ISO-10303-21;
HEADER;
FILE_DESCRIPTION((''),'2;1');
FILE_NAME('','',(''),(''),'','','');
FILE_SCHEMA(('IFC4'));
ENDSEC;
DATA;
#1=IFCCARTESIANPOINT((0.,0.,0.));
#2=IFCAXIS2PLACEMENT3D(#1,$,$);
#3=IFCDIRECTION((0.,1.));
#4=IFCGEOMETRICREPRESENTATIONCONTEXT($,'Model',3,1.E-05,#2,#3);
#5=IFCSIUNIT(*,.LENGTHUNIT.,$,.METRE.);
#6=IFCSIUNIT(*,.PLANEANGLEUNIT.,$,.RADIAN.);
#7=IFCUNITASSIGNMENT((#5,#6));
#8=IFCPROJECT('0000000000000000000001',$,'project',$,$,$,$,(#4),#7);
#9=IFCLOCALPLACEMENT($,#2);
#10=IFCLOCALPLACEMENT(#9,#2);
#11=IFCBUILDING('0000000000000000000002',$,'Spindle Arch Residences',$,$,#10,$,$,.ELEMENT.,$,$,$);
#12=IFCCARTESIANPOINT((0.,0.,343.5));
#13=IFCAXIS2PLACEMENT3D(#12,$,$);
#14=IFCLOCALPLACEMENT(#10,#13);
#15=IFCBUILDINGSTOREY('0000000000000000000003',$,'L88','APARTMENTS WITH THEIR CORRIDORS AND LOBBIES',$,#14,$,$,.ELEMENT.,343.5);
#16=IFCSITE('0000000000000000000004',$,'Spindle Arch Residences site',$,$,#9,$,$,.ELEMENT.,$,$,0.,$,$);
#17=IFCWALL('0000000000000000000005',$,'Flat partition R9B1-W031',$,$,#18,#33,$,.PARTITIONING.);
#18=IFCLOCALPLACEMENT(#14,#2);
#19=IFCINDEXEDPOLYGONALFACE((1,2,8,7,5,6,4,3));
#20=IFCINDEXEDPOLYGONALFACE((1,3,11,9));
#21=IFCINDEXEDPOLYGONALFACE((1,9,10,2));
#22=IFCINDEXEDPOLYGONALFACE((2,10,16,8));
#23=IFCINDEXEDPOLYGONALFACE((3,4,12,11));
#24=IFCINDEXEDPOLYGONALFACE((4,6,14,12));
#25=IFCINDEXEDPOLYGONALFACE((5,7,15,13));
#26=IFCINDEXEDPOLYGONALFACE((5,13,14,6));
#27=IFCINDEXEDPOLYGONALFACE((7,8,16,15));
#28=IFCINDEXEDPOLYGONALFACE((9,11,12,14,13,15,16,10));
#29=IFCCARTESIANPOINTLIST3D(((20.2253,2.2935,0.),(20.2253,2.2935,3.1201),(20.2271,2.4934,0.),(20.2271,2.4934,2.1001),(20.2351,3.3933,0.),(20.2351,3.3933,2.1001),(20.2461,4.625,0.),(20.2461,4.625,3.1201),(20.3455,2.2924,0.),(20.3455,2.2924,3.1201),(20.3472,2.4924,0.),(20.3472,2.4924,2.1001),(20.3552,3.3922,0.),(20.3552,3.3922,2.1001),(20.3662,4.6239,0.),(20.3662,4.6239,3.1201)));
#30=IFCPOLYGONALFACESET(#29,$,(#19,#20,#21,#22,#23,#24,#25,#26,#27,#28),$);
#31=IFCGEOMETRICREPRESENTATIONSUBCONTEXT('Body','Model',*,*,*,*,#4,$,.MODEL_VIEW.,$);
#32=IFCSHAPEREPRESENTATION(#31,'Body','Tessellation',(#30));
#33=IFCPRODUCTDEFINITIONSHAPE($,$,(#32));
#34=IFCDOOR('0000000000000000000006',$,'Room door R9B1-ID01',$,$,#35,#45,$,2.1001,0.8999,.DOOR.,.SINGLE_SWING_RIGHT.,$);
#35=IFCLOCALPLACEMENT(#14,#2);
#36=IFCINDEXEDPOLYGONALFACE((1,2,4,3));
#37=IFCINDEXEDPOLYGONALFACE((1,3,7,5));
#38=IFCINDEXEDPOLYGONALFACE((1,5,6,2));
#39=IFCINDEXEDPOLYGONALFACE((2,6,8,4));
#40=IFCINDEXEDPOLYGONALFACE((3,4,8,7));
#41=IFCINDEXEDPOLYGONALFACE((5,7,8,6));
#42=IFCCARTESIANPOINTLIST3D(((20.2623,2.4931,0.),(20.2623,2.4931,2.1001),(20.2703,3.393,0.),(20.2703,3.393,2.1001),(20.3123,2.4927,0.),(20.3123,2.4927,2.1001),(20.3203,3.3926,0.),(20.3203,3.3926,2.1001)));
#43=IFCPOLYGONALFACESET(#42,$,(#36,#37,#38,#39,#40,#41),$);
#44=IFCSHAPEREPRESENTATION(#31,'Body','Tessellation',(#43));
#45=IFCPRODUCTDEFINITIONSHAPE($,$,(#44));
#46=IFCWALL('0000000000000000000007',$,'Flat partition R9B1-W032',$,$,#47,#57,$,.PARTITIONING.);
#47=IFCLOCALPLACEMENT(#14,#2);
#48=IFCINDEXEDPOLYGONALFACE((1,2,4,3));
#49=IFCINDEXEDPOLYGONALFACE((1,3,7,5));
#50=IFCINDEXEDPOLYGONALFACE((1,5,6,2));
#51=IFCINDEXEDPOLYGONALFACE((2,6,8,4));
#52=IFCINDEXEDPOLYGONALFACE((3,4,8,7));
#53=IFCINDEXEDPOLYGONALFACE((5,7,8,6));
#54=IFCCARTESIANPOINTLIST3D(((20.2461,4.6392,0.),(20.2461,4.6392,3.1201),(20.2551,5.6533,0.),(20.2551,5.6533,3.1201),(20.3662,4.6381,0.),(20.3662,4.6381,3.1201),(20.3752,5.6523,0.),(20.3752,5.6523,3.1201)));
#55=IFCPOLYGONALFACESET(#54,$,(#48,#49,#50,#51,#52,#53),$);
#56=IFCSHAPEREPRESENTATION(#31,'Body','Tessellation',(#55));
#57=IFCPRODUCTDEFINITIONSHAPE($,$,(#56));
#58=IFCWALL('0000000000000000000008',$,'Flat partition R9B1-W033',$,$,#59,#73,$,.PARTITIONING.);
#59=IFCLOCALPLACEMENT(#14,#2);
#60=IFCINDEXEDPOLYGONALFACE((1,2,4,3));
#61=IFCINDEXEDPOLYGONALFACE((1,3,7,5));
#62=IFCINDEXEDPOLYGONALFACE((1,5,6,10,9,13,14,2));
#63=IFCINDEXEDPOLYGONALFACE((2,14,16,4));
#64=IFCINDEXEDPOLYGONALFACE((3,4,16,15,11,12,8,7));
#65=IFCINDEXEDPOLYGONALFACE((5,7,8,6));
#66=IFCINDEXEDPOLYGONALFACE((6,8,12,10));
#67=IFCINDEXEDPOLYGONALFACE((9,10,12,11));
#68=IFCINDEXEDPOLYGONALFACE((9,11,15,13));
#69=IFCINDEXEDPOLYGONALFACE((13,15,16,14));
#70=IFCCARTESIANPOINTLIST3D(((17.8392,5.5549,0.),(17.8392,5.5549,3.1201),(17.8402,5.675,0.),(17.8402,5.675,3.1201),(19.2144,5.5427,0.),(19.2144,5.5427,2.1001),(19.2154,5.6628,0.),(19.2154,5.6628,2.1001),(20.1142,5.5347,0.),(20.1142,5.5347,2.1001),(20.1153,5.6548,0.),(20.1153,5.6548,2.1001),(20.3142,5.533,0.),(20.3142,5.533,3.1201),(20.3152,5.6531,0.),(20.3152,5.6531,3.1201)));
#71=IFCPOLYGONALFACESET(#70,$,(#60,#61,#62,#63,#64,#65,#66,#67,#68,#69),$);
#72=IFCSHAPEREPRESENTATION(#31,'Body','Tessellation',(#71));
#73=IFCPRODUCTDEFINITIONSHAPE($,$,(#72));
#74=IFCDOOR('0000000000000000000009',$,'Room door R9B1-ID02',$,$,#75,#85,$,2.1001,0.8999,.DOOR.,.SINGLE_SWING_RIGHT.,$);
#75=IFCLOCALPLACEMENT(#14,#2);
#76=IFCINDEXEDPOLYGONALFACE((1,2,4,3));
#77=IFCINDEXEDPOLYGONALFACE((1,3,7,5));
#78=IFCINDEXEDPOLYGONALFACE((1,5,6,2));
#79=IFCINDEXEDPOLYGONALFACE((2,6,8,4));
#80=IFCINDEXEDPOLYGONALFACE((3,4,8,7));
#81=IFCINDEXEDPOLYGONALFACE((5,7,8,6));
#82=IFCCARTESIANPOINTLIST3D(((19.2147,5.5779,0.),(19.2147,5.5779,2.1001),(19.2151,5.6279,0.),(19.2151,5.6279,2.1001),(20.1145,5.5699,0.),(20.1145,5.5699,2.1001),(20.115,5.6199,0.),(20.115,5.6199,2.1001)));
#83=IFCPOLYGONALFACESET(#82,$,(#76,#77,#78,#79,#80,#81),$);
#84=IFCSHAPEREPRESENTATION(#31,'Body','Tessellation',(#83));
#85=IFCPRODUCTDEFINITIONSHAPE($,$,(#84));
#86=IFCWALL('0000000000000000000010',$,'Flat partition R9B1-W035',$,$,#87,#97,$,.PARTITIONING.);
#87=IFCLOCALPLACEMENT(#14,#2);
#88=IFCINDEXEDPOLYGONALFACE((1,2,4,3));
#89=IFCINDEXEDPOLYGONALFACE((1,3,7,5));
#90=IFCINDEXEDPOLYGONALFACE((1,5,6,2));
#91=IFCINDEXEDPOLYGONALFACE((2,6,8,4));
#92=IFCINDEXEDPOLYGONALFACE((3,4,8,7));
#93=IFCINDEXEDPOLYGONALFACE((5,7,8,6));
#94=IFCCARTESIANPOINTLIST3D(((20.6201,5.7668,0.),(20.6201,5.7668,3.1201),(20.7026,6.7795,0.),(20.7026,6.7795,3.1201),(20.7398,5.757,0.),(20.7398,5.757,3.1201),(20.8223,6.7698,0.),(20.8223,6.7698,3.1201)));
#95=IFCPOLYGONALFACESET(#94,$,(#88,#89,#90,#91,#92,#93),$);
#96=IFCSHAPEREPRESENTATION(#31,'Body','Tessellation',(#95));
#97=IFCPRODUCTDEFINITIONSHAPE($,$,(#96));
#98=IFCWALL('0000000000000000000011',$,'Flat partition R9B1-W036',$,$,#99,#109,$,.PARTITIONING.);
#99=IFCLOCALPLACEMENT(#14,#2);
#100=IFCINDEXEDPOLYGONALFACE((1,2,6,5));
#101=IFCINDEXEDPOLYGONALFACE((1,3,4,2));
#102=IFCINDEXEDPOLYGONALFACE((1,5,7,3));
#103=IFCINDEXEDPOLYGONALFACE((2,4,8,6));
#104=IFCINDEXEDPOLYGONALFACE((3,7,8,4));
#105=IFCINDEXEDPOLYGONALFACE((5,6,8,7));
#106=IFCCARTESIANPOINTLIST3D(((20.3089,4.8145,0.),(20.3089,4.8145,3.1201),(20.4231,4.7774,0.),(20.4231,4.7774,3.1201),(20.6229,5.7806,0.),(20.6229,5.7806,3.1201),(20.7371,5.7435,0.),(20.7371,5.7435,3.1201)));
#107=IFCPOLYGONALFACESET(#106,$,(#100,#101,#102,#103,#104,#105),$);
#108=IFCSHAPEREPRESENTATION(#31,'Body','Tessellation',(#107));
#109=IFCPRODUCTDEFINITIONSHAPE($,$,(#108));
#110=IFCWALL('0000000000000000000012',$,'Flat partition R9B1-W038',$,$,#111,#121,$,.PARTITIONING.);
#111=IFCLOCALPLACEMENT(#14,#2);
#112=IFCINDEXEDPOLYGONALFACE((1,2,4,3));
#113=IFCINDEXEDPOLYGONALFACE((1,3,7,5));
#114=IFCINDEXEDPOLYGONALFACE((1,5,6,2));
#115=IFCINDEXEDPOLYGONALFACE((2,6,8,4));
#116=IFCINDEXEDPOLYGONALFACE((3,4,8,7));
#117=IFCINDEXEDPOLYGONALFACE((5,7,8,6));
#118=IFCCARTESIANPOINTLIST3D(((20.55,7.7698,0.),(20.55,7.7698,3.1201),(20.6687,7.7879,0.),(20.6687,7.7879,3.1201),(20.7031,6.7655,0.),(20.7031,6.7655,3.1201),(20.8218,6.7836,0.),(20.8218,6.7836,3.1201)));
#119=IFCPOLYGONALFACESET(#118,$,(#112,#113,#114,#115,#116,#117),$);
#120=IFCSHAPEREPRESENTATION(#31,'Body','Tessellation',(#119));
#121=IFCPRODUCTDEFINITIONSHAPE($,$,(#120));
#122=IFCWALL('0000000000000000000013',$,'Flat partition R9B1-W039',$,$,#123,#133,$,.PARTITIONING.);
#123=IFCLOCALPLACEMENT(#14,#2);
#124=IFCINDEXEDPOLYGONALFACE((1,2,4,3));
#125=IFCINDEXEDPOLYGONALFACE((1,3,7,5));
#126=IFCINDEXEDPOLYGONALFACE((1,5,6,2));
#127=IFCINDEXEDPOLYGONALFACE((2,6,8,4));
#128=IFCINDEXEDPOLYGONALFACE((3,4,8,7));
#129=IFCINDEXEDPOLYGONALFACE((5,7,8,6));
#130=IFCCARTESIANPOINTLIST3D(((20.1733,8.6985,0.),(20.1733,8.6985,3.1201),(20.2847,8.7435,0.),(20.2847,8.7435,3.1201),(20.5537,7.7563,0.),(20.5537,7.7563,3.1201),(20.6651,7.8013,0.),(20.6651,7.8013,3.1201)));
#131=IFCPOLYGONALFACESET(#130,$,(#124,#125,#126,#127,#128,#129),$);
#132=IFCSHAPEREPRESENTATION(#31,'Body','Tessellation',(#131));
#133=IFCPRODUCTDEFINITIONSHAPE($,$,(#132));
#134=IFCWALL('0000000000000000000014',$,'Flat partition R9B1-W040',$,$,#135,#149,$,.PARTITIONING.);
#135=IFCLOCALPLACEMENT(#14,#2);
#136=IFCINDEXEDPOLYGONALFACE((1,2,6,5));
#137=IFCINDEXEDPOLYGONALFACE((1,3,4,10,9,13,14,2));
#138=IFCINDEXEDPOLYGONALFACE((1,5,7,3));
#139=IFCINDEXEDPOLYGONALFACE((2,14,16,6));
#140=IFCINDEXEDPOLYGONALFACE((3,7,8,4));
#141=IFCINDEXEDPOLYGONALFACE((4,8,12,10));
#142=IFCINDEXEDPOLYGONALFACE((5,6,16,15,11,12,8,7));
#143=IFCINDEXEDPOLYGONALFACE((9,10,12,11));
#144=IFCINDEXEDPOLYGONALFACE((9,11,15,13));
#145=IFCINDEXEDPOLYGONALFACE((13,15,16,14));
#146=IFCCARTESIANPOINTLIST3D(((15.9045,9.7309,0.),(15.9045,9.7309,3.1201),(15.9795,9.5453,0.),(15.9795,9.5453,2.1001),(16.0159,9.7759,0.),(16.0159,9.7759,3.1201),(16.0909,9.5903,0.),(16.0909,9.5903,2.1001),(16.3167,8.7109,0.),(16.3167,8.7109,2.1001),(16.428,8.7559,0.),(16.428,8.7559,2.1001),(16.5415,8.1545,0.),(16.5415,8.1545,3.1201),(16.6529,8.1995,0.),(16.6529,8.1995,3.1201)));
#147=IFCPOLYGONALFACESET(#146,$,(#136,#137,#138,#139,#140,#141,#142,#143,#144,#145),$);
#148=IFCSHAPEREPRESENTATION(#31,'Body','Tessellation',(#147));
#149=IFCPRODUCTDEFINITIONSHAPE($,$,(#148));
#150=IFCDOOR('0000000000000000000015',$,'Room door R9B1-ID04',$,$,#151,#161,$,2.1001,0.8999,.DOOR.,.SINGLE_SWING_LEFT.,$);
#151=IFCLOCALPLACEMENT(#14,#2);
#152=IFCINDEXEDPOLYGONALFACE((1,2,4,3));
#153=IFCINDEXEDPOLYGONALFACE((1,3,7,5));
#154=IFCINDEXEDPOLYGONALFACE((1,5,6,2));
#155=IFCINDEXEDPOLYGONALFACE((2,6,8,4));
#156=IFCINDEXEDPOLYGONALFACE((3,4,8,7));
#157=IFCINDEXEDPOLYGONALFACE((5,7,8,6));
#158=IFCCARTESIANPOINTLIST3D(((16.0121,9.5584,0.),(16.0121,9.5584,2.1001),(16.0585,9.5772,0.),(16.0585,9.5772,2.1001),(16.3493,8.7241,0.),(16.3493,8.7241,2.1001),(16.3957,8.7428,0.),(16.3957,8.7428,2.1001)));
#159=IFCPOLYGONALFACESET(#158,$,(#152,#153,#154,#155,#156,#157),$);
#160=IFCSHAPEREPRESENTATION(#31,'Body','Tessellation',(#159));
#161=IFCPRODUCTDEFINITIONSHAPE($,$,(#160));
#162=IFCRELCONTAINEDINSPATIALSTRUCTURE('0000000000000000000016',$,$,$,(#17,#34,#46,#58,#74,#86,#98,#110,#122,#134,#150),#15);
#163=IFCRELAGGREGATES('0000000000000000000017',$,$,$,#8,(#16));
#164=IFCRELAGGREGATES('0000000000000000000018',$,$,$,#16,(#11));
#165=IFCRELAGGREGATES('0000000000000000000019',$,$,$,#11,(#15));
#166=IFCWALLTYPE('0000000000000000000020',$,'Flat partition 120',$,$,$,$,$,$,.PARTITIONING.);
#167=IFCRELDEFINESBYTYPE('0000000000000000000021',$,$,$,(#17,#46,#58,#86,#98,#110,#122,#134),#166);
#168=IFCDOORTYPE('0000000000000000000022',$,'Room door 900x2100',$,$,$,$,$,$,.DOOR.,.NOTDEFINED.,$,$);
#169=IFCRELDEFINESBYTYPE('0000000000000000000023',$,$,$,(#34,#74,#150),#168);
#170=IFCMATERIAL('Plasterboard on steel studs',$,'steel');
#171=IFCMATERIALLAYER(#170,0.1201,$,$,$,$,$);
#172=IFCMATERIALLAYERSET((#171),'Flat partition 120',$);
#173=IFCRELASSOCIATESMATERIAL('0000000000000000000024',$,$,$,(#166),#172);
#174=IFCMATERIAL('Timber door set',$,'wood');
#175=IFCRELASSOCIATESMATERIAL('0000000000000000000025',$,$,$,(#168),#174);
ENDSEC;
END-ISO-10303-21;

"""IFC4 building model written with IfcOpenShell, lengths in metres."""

from ifc_helpers import new_model, si_unit, direction, frame, frame_2d, origin, place, context, subcontext, project, spatial, rectangle, extrude, material, layer, layer_set, type_object, element, fill, save


model = new_model("IFC4")

# Units and contexts
model_context = context("Model", 3, precision=1e-05, world=origin(), true_north=direction((0.0, 1.0)))
body_context = subcontext(model_context, "Body", "Model", "MODEL_VIEW")
ifc_project = project(units=[si_unit("LENGTHUNIT", "METRE"), si_unit("PLANEANGLEUNIT", "RADIAN")], contexts=[model_context])

# Site, building, storey
site_placement = place(None, origin())
site = spatial("IfcSite", under=ifc_project, at=site_placement, Name="Spindle Arch Residences site", CompositionType="ELEMENT", RefElevation=0.0)
building_placement = place(site_placement, origin())
building = spatial("IfcBuilding", under=site, at=building_placement, Name="Spindle Arch Residences", CompositionType="ELEMENT")
storey_placement = place(building_placement, frame((0.0, 0.0, 343.5)))
storey = spatial("IfcBuildingStorey", under=building, at=storey_placement, Name="L88", Description="APARTMENTS WITH THEIR CORRIDORS AND LOBBIES", CompositionType="ELEMENT", Elevation=343.5)

# Shared definitions
ifc_material_1 = material(Name="Plasterboard on steel studs", Category="steel")
ifc_layer_1 = layer(ifc_material_1, 0.1201)
ifc_layer_set_1 = layer_set([ifc_layer_1], Name="Flat partition 120")
wall_type_1 = type_object("IfcWallType", Name="Flat partition 120", PredefinedType="PARTITIONING", material=ifc_layer_set_1)

# Wall, opening, door
wall_1_placement = place(storey_placement, frame((20.2854, 2.293, 0.0), z_axis=(0.0, 0.0, 1.0), x_axis=(0.0089, 0.99996, 0.0)))
wall_1 = element("IfcWall", 1, at=wall_1_placement, inside=storey, type_object=wall_type_1, Name="Flat partition R9B1-W031", PredefinedType="PARTITIONING", context=body_context, shape_type="SweptSolid", body=[
    extrude(rectangle(XDim=2.3315, YDim=0.1201, at=frame_2d((1.1658, 0.0))), origin(), (0.0, 0.0, 1.0), 3.1201),
])
opening_1_placement = place(wall_1_placement, frame((0.2, 0.0, 0.0)))
opening_1 = element("IfcOpeningElement", 2, at=opening_1_placement, cuts=wall_1, PredefinedType="OPENING", context=body_context, shape_type="SweptSolid", body=[
    extrude(rectangle(XDim=0.8999, YDim=2.1001, at=frame_2d((0.45, 1.05))), frame((0.0, 0.0701, 0.0), z_axis=(0.0, -1.0, 0.0), x_axis=(1.0, 0.0, 0.0)), (0.0, 0.0, 1.0), 0.1401),
])
ifc_material_2 = material(Name="Timber door set", Category="wood")
door_type = type_object("IfcDoorType", Name="Room door 900x2100", OperationType="NOTDEFINED", PredefinedType="DOOR", material=ifc_material_2)
door_1_placement = place(opening_1_placement, origin())
door_1 = element("IfcDoor", 3, at=door_1_placement, inside=storey, type_object=door_type, Name="Room door R9B1-ID01", OperationType="SINGLE_SWING_RIGHT", OverallHeight=2.1001, OverallWidth=0.8999, PredefinedType="DOOR", context=body_context, shape_type="SweptSolid", body=[
    extrude(rectangle(XDim=0.8999, YDim=2.1001, at=frame_2d((0.45, 1.05))), frame((0.0, 0.0249, 0.0), z_axis=(0.0, -1.0, 0.0), x_axis=(1.0, 0.0, 0.0)), (0.0, 0.0, 1.0), 0.05),
])
fill(opening_1, door_1)

# Wall
wall_2_placement = place(storey_placement, frame((20.3062, 4.6387, 0.0), z_axis=(0.0, 0.0, 1.0), x_axis=(0.008907, 0.99996, 0.0)))
element("IfcWall", 4, at=wall_2_placement, inside=storey, type_object=wall_type_1, Name="Flat partition R9B1-W032", PredefinedType="PARTITIONING", context=body_context, shape_type="SweptSolid", body=[
    extrude(rectangle(XDim=1.0142, YDim=0.1201, at=frame_2d((0.5071, 0.0))), origin(), (0.0, 0.0, 1.0), 3.1201),
])

# Wall, opening, door
wall_3_placement = place(storey_placement, frame((20.3147, 5.593, 0.0), z_axis=(0.0, 0.0, 1.0), x_axis=(-0.999961, 0.008877, 0.0)))
wall_3 = element("IfcWall", 5, at=wall_3_placement, inside=storey, type_object=wall_type_1, Name="Flat partition R9B1-W033", PredefinedType="PARTITIONING", context=body_context, shape_type="SweptSolid", body=[
    extrude(rectangle(XDim=2.4751, YDim=0.1201, at=frame_2d((1.2375, 0.0))), origin(), (0.0, 0.0, 1.0), 3.1201),
])
opening_2_placement = place(wall_3_placement, frame((0.2, 0.0, 0.0)))
opening_2 = element("IfcOpeningElement", 6, at=opening_2_placement, cuts=wall_3, PredefinedType="OPENING", context=body_context, shape_type="SweptSolid", body=[
    extrude(rectangle(XDim=0.8999, YDim=2.1001, at=frame_2d((0.45, 1.05))), frame((0.0, 0.0701, 0.0), z_axis=(0.0, -1.0, 0.0), x_axis=(1.0, 0.0, 0.0)), (0.0, 0.0, 1.0), 0.1401),
])
door_2_placement = place(opening_2_placement, origin())
door_2 = element("IfcDoor", 7, at=door_2_placement, inside=storey, type_object=door_type, Name="Room door R9B1-ID02", OperationType="SINGLE_SWING_RIGHT", OverallHeight=2.1001, OverallWidth=0.8999, PredefinedType="DOOR", context=body_context, shape_type="SweptSolid", body=[
    extrude(rectangle(XDim=0.8999, YDim=2.1001, at=frame_2d((0.45, 1.05))), frame((0.0, 0.0249, 0.0), z_axis=(0.0, -1.0, 0.0), x_axis=(1.0, 0.0, 0.0)), (0.0, 0.0, 1.0), 0.05),
])
fill(opening_2, door_2)

# Walls
wall_4_placement = place(storey_placement, frame((20.7625, 6.7747, 0.0), z_axis=(0.0, 0.0, 1.0), x_axis=(-0.081216, -0.996697, 0.0)))
element("IfcWall", 8, at=wall_4_placement, inside=storey, type_object=wall_type_1, Name="Flat partition R9B1-W035", PredefinedType="PARTITIONING", context=body_context, shape_type="SweptSolid", body=[
    extrude(rectangle(XDim=1.0161, YDim=0.1201, at=frame_2d((0.5081, 0.0))), origin(), (0.0, 0.0, 1.0), 3.1201),
])
for number, where, z_axis, x_axis, name in (
    (9, (20.6799, 5.762, 0.0), (0.0, 0.0, 1.0), (-0.309081, -0.951036, 0.0), "Flat partition R9B1-W036"),
    (10, (20.7625, 6.7747, 0.0), (0.0, 0.0, 1.0), (-0.150702, 0.988579, 0.0), "Flat partition R9B1-W038"),
):
    element("IfcWall", number, at=place(storey_placement, frame(where, z_axis=z_axis, x_axis=x_axis)), inside=storey, type_object=wall_type_1, Name=name, PredefinedType="PARTITIONING", context=body_context, shape_type="SweptSolid", body=[
        extrude(rectangle(XDim=1.0159, YDim=0.1201, at=frame_2d((0.5078, 0.0))), origin(), (0.0, 0.0, 1.0), 3.1201),
    ])
wall_5_placement = place(storey_placement, frame((20.6094, 7.7788, 0.0), z_axis=(0.0, 0.0, 1.0), x_axis=(-0.374372, 0.927279, 0.0)))
element("IfcWall", 11, at=wall_5_placement, inside=storey, type_object=wall_type_1, Name="Flat partition R9B1-W039", PredefinedType="PARTITIONING", context=body_context, shape_type="SweptSolid", body=[
    extrude(rectangle(XDim=1.0161, YDim=0.1201, at=frame_2d((0.5081, 0.0))), origin(), (0.0, 0.0, 1.0), 3.1201),
])

# Wall, opening, door
wall_6_placement = place(storey_placement, frame((16.5972, 8.177, 0.0), z_axis=(0.0, 0.0, 1.0), x_axis=(-0.374632, 0.927174, 0.0)))
wall_6 = element("IfcWall", 12, at=wall_6_placement, inside=storey, type_object=wall_type_1, Name="Flat partition R9B1-W040", PredefinedType="PARTITIONING", context=body_context, shape_type="SweptSolid", body=[
    extrude(rectangle(XDim=1.7002, YDim=0.1201, at=frame_2d((0.8501, 0.0))), origin(), (0.0, 0.0, 1.0), 3.1201),
])
opening_3_placement = place(wall_6_placement, frame((0.6001, 0.0, 0.0)))
opening_3 = element("IfcOpeningElement", 13, at=opening_3_placement, cuts=wall_6, PredefinedType="OPENING", context=body_context, shape_type="SweptSolid", body=[
    extrude(rectangle(XDim=0.8999, YDim=2.1001, at=frame_2d((0.45, 1.05))), frame((0.0, 0.0701, 0.0), z_axis=(0.0, -1.0, 0.0), x_axis=(1.0, 0.0, 0.0)), (0.0, 0.0, 1.0), 0.1401),
])
door_3_placement = place(opening_3_placement, origin())
door_3 = element("IfcDoor", 14, at=door_3_placement, inside=storey, type_object=door_type, Name="Room door R9B1-ID04", OperationType="SINGLE_SWING_LEFT", OverallHeight=2.1001, OverallWidth=0.8999, PredefinedType="DOOR", context=body_context, shape_type="SweptSolid", body=[
    extrude(rectangle(XDim=0.8999, YDim=2.1001, at=frame_2d((0.45, 1.05))), frame((0.0, 0.0249, 0.0), z_axis=(0.0, -1.0, 0.0), x_axis=(1.0, 0.0, 0.0)), (0.0, 0.0, 1.0), 0.05),
])
fill(opening_3, door_3)

save(model, "model.ifc")
